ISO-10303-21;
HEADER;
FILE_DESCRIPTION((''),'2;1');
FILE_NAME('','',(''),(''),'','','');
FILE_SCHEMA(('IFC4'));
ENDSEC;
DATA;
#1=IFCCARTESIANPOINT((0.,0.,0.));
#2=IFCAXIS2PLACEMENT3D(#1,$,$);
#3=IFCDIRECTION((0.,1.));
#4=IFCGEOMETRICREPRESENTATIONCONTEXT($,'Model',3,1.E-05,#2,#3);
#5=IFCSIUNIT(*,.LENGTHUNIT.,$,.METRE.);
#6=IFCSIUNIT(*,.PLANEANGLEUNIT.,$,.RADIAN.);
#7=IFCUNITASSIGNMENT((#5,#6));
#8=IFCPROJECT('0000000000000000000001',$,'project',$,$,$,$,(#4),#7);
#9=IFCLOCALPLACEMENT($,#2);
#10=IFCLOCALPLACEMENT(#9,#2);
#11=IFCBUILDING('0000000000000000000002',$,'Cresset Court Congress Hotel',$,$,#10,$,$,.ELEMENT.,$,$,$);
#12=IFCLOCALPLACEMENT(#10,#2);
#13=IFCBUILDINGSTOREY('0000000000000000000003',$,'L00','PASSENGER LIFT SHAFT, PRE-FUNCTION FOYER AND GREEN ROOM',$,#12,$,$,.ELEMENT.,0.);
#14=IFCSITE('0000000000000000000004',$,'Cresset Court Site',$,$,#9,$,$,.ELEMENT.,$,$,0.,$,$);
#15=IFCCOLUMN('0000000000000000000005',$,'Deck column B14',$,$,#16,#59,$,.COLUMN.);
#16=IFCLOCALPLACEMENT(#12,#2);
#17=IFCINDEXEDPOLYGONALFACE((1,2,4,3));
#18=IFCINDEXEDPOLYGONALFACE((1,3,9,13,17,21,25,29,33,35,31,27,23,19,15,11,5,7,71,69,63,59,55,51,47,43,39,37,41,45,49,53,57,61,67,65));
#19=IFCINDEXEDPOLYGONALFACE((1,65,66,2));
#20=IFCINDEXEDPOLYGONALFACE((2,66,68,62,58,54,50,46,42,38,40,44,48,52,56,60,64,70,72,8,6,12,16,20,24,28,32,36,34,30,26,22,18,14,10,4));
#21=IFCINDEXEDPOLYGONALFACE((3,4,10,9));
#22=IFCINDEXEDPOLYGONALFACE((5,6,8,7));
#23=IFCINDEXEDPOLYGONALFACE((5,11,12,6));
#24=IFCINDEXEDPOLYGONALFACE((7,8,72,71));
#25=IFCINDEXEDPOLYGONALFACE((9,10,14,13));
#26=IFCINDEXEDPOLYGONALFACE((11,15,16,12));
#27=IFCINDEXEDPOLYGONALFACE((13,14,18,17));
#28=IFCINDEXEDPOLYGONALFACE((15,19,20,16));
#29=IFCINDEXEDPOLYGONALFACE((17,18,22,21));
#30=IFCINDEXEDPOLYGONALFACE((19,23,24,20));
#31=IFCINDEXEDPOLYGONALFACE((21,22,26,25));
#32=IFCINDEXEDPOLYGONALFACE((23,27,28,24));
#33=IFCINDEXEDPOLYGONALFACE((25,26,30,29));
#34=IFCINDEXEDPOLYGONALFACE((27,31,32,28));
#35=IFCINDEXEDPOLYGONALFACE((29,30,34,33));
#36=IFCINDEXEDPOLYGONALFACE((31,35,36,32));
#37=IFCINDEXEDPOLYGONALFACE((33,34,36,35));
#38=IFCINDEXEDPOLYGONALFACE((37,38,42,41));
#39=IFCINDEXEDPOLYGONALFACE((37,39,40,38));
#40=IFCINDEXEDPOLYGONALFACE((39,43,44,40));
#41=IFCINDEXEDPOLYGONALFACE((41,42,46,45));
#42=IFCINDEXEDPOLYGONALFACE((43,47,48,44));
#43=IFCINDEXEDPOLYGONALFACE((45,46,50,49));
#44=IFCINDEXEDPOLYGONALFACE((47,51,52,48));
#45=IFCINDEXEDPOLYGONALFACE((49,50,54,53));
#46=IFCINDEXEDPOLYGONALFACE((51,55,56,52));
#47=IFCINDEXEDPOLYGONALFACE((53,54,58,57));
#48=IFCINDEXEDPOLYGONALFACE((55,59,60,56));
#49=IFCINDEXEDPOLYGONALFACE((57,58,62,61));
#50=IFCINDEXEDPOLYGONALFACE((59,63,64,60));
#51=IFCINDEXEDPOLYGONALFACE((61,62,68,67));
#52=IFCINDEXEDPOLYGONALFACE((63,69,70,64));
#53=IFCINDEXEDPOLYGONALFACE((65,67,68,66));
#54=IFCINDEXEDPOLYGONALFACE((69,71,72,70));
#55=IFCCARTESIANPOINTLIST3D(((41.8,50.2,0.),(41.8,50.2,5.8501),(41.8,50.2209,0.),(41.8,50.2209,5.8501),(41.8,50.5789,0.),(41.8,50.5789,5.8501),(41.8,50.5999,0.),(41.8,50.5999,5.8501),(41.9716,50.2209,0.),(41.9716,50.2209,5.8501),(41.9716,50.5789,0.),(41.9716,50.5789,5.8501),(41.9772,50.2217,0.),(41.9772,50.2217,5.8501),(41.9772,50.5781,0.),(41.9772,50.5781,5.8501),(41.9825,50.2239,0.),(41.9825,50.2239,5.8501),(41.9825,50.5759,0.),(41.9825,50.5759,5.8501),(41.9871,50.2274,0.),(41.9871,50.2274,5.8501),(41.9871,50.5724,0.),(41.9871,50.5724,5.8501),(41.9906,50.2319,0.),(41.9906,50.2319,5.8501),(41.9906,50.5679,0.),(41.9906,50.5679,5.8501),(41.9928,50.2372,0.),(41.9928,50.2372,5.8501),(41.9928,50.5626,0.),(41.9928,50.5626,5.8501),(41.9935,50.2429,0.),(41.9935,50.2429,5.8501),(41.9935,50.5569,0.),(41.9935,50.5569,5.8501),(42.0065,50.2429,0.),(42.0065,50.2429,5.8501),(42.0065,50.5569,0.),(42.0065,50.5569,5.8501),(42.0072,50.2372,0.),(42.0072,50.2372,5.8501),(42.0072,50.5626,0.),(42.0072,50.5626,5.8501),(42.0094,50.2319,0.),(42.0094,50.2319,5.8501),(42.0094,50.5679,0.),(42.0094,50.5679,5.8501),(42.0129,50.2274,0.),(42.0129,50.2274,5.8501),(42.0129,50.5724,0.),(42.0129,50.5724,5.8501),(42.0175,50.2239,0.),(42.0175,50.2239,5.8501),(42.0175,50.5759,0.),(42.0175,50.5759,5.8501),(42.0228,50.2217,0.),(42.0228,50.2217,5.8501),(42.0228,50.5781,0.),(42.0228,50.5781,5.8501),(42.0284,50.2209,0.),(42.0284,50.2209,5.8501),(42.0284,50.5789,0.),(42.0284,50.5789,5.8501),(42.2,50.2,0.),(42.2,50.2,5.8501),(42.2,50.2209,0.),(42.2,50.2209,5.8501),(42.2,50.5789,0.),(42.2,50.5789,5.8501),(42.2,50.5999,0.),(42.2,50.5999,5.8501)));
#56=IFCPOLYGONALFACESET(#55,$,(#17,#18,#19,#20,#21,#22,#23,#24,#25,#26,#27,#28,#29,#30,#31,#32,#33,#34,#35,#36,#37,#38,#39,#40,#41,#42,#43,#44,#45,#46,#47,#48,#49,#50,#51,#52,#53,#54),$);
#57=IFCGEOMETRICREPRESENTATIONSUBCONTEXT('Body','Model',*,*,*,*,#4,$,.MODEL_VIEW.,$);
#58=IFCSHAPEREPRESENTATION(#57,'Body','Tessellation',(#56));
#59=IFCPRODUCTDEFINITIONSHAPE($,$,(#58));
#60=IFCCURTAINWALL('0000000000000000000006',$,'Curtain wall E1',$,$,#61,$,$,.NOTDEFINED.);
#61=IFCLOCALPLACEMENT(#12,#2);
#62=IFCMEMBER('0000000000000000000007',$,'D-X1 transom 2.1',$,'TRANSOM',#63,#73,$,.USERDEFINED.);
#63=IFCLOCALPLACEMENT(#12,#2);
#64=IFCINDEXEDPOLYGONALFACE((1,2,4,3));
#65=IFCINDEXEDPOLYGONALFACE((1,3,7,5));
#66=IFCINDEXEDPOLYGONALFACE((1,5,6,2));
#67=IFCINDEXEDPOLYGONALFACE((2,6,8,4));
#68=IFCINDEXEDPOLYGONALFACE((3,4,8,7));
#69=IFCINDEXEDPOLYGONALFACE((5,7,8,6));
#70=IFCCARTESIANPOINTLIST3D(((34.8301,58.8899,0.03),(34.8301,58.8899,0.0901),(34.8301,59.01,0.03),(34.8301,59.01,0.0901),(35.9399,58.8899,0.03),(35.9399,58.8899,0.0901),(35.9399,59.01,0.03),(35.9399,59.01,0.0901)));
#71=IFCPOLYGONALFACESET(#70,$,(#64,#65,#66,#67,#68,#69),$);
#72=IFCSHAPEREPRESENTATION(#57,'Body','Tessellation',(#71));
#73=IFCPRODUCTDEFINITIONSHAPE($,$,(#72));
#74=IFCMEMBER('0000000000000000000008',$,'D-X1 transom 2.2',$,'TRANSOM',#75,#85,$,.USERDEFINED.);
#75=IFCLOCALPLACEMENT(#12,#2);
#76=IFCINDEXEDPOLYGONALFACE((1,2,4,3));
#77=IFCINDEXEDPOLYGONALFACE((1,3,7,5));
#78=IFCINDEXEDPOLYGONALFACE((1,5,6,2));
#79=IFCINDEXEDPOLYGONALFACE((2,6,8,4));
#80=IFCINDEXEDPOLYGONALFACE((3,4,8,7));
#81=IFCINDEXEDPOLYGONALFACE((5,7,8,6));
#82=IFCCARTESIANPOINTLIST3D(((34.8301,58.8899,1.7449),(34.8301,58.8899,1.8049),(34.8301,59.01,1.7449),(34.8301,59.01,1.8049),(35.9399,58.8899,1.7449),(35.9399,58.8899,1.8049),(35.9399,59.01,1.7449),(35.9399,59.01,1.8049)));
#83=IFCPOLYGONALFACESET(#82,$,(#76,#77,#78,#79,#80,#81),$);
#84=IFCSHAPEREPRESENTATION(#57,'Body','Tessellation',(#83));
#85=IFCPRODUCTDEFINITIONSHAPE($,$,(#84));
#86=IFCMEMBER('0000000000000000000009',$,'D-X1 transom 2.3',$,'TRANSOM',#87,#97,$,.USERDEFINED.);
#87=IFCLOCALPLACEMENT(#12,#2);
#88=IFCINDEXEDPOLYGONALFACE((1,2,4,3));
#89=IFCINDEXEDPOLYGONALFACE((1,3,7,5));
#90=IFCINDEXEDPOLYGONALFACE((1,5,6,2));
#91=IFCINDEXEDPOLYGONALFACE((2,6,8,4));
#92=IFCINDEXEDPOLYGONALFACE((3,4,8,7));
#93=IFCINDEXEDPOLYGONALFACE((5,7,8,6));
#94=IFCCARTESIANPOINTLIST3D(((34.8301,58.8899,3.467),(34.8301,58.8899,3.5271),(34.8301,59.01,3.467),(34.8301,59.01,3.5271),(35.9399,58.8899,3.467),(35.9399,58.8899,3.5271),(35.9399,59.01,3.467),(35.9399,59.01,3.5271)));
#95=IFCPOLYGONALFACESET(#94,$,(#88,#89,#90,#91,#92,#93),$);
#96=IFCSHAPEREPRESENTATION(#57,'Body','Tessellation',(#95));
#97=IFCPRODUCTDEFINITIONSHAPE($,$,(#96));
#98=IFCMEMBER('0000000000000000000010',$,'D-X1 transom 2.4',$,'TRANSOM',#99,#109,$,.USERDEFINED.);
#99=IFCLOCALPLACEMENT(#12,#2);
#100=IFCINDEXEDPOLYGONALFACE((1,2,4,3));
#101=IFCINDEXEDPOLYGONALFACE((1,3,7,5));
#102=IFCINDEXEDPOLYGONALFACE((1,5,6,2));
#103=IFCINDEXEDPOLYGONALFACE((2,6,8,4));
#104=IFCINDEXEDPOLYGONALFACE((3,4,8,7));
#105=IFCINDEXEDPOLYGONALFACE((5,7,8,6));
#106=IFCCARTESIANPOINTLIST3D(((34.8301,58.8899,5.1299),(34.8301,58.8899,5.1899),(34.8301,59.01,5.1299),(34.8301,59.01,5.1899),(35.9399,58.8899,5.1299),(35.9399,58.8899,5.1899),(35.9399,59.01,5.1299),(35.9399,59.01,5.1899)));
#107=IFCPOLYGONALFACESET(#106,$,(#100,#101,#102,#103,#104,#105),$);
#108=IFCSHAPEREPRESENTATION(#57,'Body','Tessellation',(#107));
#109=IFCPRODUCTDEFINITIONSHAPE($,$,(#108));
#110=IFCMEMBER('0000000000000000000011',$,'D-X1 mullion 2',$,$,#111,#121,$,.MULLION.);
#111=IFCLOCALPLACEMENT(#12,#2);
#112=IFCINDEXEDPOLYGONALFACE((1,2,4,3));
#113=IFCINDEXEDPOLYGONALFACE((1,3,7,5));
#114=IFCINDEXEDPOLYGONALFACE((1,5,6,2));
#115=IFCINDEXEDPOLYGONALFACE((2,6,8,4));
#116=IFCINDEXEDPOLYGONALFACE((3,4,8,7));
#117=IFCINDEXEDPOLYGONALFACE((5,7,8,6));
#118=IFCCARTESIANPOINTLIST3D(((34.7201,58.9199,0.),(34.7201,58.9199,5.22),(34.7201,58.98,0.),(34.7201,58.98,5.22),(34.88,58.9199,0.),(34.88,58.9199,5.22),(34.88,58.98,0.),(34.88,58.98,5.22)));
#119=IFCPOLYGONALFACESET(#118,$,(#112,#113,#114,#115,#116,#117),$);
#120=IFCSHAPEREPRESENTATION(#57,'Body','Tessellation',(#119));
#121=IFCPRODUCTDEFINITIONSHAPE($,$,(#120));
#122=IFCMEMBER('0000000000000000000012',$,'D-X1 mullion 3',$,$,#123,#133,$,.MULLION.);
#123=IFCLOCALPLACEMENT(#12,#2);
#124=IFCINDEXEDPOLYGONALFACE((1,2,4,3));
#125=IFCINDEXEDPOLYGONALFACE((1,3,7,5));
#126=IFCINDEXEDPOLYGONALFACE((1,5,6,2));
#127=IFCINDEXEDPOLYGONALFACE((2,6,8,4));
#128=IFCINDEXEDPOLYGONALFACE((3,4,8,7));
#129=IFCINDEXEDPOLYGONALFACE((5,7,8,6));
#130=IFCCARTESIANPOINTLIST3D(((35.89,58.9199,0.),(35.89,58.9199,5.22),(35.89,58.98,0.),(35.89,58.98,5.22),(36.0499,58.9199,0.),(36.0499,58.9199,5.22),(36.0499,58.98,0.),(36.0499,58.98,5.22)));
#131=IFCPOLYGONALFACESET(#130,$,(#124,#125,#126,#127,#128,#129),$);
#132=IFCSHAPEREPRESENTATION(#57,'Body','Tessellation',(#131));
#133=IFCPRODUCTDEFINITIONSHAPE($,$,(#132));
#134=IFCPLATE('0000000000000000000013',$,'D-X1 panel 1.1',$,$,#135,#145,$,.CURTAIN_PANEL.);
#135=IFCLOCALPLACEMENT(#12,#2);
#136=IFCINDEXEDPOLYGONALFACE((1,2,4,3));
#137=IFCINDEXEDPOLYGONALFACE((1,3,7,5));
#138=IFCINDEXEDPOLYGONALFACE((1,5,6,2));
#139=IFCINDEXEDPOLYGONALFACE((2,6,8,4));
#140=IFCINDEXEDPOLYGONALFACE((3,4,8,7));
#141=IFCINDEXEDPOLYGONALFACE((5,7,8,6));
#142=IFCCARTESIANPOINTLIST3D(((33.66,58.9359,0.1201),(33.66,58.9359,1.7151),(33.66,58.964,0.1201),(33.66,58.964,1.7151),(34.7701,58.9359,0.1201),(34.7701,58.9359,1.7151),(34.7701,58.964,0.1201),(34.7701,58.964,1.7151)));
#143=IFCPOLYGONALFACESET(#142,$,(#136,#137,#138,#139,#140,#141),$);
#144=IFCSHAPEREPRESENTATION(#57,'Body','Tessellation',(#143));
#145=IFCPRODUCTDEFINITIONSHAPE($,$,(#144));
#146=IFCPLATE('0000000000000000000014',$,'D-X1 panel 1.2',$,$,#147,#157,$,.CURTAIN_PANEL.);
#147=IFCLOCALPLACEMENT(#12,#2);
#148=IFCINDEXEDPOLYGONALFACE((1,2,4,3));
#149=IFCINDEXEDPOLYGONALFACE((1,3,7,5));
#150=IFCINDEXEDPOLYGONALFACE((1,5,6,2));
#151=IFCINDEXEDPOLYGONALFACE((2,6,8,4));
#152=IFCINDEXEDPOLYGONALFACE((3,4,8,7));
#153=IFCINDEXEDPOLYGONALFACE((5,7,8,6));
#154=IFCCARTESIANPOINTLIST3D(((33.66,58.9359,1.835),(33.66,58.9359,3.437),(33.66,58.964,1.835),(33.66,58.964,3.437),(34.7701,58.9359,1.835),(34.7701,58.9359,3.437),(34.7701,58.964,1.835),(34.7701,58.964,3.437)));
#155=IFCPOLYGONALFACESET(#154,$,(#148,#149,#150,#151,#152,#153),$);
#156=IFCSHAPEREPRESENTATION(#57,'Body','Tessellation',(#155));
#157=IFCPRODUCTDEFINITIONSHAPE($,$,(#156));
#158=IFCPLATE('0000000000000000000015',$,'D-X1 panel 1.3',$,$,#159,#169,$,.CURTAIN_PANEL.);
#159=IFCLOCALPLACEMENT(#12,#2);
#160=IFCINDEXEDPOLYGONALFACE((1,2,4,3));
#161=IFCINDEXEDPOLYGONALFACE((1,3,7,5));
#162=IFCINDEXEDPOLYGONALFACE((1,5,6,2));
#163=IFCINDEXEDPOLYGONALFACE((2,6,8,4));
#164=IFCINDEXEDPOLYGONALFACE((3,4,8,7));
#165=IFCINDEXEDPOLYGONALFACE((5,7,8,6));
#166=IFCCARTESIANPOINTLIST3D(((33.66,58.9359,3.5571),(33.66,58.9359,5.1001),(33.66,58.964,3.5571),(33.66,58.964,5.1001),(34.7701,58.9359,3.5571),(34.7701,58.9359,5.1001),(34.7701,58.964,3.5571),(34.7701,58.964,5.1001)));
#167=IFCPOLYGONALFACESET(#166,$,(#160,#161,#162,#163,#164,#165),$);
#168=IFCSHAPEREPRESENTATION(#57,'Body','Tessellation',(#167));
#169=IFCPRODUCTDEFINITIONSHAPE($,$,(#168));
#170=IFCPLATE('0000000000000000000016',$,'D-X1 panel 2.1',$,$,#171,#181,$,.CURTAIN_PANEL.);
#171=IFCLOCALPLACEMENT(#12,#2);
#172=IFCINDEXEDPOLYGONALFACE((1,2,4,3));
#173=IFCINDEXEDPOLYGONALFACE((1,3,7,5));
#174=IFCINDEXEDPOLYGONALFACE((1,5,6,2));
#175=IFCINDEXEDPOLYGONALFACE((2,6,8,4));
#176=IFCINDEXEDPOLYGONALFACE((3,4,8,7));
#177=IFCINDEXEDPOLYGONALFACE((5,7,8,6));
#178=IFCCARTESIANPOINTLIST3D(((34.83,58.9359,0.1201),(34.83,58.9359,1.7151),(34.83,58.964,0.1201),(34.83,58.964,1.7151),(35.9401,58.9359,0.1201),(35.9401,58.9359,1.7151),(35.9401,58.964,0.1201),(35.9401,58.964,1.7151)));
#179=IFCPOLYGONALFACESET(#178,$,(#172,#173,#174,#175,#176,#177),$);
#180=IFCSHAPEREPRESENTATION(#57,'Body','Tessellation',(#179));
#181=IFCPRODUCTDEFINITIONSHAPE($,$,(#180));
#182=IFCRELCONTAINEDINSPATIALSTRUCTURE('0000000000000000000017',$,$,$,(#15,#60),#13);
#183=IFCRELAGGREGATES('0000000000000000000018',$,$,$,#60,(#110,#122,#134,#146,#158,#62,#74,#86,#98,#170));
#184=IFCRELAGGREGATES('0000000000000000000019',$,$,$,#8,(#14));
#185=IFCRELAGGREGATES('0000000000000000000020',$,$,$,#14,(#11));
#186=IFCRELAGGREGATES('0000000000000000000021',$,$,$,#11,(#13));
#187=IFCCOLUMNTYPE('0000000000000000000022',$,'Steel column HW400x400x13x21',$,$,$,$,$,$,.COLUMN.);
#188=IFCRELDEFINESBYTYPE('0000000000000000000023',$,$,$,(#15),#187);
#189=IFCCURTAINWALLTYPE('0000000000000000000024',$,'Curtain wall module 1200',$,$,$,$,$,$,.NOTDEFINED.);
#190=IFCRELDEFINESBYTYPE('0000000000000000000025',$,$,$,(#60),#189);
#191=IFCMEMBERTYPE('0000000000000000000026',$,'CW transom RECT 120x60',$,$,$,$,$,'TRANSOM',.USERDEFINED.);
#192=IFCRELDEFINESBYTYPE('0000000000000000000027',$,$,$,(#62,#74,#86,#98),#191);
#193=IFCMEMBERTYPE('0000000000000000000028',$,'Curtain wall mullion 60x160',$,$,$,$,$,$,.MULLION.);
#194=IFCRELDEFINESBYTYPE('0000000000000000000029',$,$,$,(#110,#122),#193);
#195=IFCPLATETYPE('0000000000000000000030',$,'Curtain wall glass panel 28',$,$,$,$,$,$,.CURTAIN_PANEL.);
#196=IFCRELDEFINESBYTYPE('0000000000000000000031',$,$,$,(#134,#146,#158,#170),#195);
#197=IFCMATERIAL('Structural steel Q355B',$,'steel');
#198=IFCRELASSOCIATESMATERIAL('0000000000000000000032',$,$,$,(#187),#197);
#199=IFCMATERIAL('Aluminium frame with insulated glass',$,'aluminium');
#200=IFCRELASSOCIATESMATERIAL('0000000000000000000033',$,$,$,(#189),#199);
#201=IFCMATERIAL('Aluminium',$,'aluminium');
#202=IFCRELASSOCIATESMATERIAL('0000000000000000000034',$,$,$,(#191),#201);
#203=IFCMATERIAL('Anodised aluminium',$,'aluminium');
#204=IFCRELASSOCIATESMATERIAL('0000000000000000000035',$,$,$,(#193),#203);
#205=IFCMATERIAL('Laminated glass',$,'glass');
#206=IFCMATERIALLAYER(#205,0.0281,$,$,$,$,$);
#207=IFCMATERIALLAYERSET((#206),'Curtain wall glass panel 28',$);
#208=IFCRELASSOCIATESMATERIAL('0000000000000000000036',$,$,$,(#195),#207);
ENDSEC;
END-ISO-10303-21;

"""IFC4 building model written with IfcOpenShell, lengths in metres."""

from ifc_helpers import new_model, si_unit, direction, frame, origin, origin_2d, place, context, subcontext, project, spatial, rectangle, i_section, extrude, material, layer, layer_set, material_profile, profile_set, type_object, element, aggregate, save


model = new_model("IFC4")

# Units and contexts
model_context = context("Model", 3, precision=1e-05, world=origin(), true_north=direction((0.0, 1.0)))
body_context = subcontext(model_context, "Body", "Model", "MODEL_VIEW")
ifc_project = project(units=[si_unit("LENGTHUNIT", "METRE"), si_unit("PLANEANGLEUNIT", "RADIAN")], contexts=[model_context])

# Site, building, storey
site_placement = place(None, origin())
site = spatial("IfcSite", under=ifc_project, at=site_placement, Name="Cresset Court Site", CompositionType="ELEMENT", RefElevation=0.0)
building_placement = place(site_placement, origin())
building = spatial("IfcBuilding", under=site, at=building_placement, Name="Cresset Court Congress Hotel", CompositionType="ELEMENT")
storey_placement = place(building_placement, origin())
storey = spatial("IfcBuildingStorey", under=building, at=storey_placement, Name="L00", Description="PASSENGER LIFT SHAFT, PRE-FUNCTION FOYER AND GREEN ROOM", CompositionType="ELEMENT", Elevation=0.0)

# Column
ifc_material_1 = material(Name="Structural steel Q355B", Category="steel")
ifc_material_profile_1 = material_profile(ifc_material_1, i_section(OverallWidth=0.3999, OverallDepth=0.3999, WebThickness=0.0129, FlangeThickness=0.021, FilletRadius=0.022, at=origin_2d()), Name="HW400x400x13x21")
ifc_profile_set_1 = profile_set([ifc_material_profile_1], Name="Structural steel Q355B")
column_type_1 = type_object("IfcColumnType", Name="Steel column HW400x400x13x21", PredefinedType="COLUMN", material=ifc_profile_set_1)
column_placement = place(storey_placement, frame((42.0, 50.3999, 0.0), z_axis=(0.0, 0.0, 1.0), x_axis=(1.0, 0.0, 0.0)))
element("IfcColumn", 1, at=column_placement, inside=storey, type_object=column_type_1, Name="Deck column B14", PredefinedType="COLUMN", context=body_context, shape_type="SweptSolid", body=[
    extrude(i_section(OverallWidth=0.3999, OverallDepth=0.3999, WebThickness=0.0129, FlangeThickness=0.021, FilletRadius=0.022, at=origin_2d()), origin(), (0.0, 0.0, 1.0), 5.8501),
])

# Curtain wall, members, plates
ifc_material_2 = material(Name="Aluminium frame with insulated glass", Category="aluminium")
curtain_wall_type = type_object("IfcCurtainWallType", Name="Curtain wall module 1200", PredefinedType="NOTDEFINED", material=ifc_material_2)
curtain_wall_placement = place(storey_placement, origin())
curtain_wall = element("IfcCurtainWall", 2, at=curtain_wall_placement, inside=storey, type_object=curtain_wall_type, Name="Curtain wall E1", PredefinedType="NOTDEFINED")
ifc_material_3 = material(Name="Aluminium", Category="aluminium")
ifc_material_profile_2 = material_profile(ifc_material_3, rectangle(XDim=0.1201, YDim=0.0601, at=origin_2d()), Name="AL 120x60")
ifc_profile_set_2 = profile_set([ifc_material_profile_2], Name="Aluminium")
member_type_1 = type_object("IfcMemberType", Name="CW transom RECT 120x60", ElementType="TRANSOM", PredefinedType="USERDEFINED", material=ifc_profile_set_2)
member_1_placement = place(storey_placement, frame((34.8301, 58.95, 0.0601), z_axis=(1.0, 0.0, 0.0), x_axis=(0.0, 1.0, 0.0)))
member_1 = element("IfcMember", 3, at=member_1_placement, type_object=member_type_1, Name="D-X1 transom 2.1", ObjectType="TRANSOM", PredefinedType="USERDEFINED", context=body_context, shape_type="SweptSolid", body=[
    extrude(rectangle(XDim=0.1201, YDim=0.0601, at=origin_2d()), origin(), (0.0, 0.0, 1.0), 1.1099),
])
member_2_placement = place(storey_placement, frame((34.8301, 58.95, 1.7749), z_axis=(1.0, 0.0, 0.0), x_axis=(0.0, 1.0, 0.0)))
member_2 = element("IfcMember", 4, at=member_2_placement, type_object=member_type_1, Name="D-X1 transom 2.2", ObjectType="TRANSOM", PredefinedType="USERDEFINED", context=body_context, shape_type="SweptSolid", body=[
    extrude(rectangle(XDim=0.1201, YDim=0.0601, at=origin_2d()), origin(), (0.0, 0.0, 1.0), 1.1099),
])
member_3_placement = place(storey_placement, frame((34.8301, 58.95, 3.4971), z_axis=(1.0, 0.0, 0.0), x_axis=(0.0, 1.0, 0.0)))
member_3 = element("IfcMember", 5, at=member_3_placement, type_object=member_type_1, Name="D-X1 transom 2.3", ObjectType="TRANSOM", PredefinedType="USERDEFINED", context=body_context, shape_type="SweptSolid", body=[
    extrude(rectangle(XDim=0.1201, YDim=0.0601, at=origin_2d()), origin(), (0.0, 0.0, 1.0), 1.1099),
])
member_4_placement = place(storey_placement, frame((34.8301, 58.95, 5.1599), z_axis=(1.0, 0.0, 0.0), x_axis=(0.0, 1.0, 0.0)))
member_4 = element("IfcMember", 6, at=member_4_placement, type_object=member_type_1, Name="D-X1 transom 2.4", ObjectType="TRANSOM", PredefinedType="USERDEFINED", context=body_context, shape_type="SweptSolid", body=[
    extrude(rectangle(XDim=0.1201, YDim=0.0601, at=origin_2d()), origin(), (0.0, 0.0, 1.0), 1.1099),
])
ifc_material_4 = material(Name="Anodised aluminium", Category="aluminium")
ifc_material_profile_3 = material_profile(ifc_material_4, rectangle(XDim=0.0601, YDim=0.1599, at=origin_2d()), Name="AL60x160")
ifc_profile_set_3 = profile_set([ifc_material_profile_3], Name="Anodised aluminium")
member_type_2 = type_object("IfcMemberType", Name="Curtain wall mullion 60x160", PredefinedType="MULLION", material=ifc_profile_set_3)
member_5_placement = place(storey_placement, frame((34.8, 58.95, 0.0), z_axis=(0.0, 0.0, 1.0), x_axis=(0.0, 1.0, 0.0)))
member_5 = element("IfcMember", 7, at=member_5_placement, type_object=member_type_2, Name="D-X1 mullion 2", PredefinedType="MULLION", context=body_context, shape_type="SweptSolid", body=[
    extrude(rectangle(XDim=0.0601, YDim=0.1599, at=origin_2d()), origin(), (0.0, 0.0, 1.0), 5.22),
])
member_6_placement = place(storey_placement, frame((35.97, 58.95, 0.0), z_axis=(0.0, 0.0, 1.0), x_axis=(0.0, 1.0, 0.0)))
member_6 = element("IfcMember", 8, at=member_6_placement, type_object=member_type_2, Name="D-X1 mullion 3", PredefinedType="MULLION", context=body_context, shape_type="SweptSolid", body=[
    extrude(rectangle(XDim=0.0601, YDim=0.1599, at=origin_2d()), origin(), (0.0, 0.0, 1.0), 5.22),
])
ifc_material_5 = material(Name="Laminated glass", Category="glass")
ifc_layer_1 = layer(ifc_material_5, 0.0281)
ifc_layer_set_1 = layer_set([ifc_layer_1], Name="Curtain wall glass panel 28")
plate_type = type_object("IfcPlateType", Name="Curtain wall glass panel 28", PredefinedType="CURTAIN_PANEL", material=ifc_layer_set_1)
plate_1_placement = place(storey_placement, frame((34.2151, 58.95, 0.1201), z_axis=(0.0, 0.0, 1.0), x_axis=(1.0, 0.0, 0.0)))
plate_1 = element("IfcPlate", 9, at=plate_1_placement, type_object=plate_type, Name="D-X1 panel 1.1", PredefinedType="CURTAIN_PANEL", context=body_context, shape_type="SweptSolid", body=[
    extrude(rectangle(XDim=1.1101, YDim=0.0281, at=origin_2d()), origin(), (0.0, 0.0, 1.0), 1.595),
])
plate_2_placement = place(storey_placement, frame((34.2151, 58.95, 1.835), z_axis=(0.0, 0.0, 1.0), x_axis=(1.0, 0.0, 0.0)))
plate_2 = element("IfcPlate", 10, at=plate_2_placement, type_object=plate_type, Name="D-X1 panel 1.2", PredefinedType="CURTAIN_PANEL", context=body_context, shape_type="SweptSolid", body=[
    extrude(rectangle(XDim=1.1101, YDim=0.0281, at=origin_2d()), origin(), (0.0, 0.0, 1.0), 1.6021),
])
plate_3_placement = place(storey_placement, frame((34.2151, 58.95, 3.5571), z_axis=(0.0, 0.0, 1.0), x_axis=(1.0, 0.0, 0.0)))
plate_3 = element("IfcPlate", 11, at=plate_3_placement, type_object=plate_type, Name="D-X1 panel 1.3", PredefinedType="CURTAIN_PANEL", context=body_context, shape_type="SweptSolid", body=[
    extrude(rectangle(XDim=1.1101, YDim=0.0281, at=origin_2d()), origin(), (0.0, 0.0, 1.0), 1.543),
])
plate_4_placement = place(storey_placement, frame((35.385, 58.95, 0.1201), z_axis=(0.0, 0.0, 1.0), x_axis=(1.0, 0.0, 0.0)))
plate_4 = element("IfcPlate", 12, at=plate_4_placement, type_object=plate_type, Name="D-X1 panel 2.1", PredefinedType="CURTAIN_PANEL", context=body_context, shape_type="SweptSolid", body=[
    extrude(rectangle(XDim=1.1101, YDim=0.0281, at=origin_2d()), origin(), (0.0, 0.0, 1.0), 1.595),
])
aggregate(curtain_wall, [member_5, member_6, plate_1, plate_2, plate_3, member_1, member_2, member_3, member_4, plate_4])

save(model, "model.ifc")
